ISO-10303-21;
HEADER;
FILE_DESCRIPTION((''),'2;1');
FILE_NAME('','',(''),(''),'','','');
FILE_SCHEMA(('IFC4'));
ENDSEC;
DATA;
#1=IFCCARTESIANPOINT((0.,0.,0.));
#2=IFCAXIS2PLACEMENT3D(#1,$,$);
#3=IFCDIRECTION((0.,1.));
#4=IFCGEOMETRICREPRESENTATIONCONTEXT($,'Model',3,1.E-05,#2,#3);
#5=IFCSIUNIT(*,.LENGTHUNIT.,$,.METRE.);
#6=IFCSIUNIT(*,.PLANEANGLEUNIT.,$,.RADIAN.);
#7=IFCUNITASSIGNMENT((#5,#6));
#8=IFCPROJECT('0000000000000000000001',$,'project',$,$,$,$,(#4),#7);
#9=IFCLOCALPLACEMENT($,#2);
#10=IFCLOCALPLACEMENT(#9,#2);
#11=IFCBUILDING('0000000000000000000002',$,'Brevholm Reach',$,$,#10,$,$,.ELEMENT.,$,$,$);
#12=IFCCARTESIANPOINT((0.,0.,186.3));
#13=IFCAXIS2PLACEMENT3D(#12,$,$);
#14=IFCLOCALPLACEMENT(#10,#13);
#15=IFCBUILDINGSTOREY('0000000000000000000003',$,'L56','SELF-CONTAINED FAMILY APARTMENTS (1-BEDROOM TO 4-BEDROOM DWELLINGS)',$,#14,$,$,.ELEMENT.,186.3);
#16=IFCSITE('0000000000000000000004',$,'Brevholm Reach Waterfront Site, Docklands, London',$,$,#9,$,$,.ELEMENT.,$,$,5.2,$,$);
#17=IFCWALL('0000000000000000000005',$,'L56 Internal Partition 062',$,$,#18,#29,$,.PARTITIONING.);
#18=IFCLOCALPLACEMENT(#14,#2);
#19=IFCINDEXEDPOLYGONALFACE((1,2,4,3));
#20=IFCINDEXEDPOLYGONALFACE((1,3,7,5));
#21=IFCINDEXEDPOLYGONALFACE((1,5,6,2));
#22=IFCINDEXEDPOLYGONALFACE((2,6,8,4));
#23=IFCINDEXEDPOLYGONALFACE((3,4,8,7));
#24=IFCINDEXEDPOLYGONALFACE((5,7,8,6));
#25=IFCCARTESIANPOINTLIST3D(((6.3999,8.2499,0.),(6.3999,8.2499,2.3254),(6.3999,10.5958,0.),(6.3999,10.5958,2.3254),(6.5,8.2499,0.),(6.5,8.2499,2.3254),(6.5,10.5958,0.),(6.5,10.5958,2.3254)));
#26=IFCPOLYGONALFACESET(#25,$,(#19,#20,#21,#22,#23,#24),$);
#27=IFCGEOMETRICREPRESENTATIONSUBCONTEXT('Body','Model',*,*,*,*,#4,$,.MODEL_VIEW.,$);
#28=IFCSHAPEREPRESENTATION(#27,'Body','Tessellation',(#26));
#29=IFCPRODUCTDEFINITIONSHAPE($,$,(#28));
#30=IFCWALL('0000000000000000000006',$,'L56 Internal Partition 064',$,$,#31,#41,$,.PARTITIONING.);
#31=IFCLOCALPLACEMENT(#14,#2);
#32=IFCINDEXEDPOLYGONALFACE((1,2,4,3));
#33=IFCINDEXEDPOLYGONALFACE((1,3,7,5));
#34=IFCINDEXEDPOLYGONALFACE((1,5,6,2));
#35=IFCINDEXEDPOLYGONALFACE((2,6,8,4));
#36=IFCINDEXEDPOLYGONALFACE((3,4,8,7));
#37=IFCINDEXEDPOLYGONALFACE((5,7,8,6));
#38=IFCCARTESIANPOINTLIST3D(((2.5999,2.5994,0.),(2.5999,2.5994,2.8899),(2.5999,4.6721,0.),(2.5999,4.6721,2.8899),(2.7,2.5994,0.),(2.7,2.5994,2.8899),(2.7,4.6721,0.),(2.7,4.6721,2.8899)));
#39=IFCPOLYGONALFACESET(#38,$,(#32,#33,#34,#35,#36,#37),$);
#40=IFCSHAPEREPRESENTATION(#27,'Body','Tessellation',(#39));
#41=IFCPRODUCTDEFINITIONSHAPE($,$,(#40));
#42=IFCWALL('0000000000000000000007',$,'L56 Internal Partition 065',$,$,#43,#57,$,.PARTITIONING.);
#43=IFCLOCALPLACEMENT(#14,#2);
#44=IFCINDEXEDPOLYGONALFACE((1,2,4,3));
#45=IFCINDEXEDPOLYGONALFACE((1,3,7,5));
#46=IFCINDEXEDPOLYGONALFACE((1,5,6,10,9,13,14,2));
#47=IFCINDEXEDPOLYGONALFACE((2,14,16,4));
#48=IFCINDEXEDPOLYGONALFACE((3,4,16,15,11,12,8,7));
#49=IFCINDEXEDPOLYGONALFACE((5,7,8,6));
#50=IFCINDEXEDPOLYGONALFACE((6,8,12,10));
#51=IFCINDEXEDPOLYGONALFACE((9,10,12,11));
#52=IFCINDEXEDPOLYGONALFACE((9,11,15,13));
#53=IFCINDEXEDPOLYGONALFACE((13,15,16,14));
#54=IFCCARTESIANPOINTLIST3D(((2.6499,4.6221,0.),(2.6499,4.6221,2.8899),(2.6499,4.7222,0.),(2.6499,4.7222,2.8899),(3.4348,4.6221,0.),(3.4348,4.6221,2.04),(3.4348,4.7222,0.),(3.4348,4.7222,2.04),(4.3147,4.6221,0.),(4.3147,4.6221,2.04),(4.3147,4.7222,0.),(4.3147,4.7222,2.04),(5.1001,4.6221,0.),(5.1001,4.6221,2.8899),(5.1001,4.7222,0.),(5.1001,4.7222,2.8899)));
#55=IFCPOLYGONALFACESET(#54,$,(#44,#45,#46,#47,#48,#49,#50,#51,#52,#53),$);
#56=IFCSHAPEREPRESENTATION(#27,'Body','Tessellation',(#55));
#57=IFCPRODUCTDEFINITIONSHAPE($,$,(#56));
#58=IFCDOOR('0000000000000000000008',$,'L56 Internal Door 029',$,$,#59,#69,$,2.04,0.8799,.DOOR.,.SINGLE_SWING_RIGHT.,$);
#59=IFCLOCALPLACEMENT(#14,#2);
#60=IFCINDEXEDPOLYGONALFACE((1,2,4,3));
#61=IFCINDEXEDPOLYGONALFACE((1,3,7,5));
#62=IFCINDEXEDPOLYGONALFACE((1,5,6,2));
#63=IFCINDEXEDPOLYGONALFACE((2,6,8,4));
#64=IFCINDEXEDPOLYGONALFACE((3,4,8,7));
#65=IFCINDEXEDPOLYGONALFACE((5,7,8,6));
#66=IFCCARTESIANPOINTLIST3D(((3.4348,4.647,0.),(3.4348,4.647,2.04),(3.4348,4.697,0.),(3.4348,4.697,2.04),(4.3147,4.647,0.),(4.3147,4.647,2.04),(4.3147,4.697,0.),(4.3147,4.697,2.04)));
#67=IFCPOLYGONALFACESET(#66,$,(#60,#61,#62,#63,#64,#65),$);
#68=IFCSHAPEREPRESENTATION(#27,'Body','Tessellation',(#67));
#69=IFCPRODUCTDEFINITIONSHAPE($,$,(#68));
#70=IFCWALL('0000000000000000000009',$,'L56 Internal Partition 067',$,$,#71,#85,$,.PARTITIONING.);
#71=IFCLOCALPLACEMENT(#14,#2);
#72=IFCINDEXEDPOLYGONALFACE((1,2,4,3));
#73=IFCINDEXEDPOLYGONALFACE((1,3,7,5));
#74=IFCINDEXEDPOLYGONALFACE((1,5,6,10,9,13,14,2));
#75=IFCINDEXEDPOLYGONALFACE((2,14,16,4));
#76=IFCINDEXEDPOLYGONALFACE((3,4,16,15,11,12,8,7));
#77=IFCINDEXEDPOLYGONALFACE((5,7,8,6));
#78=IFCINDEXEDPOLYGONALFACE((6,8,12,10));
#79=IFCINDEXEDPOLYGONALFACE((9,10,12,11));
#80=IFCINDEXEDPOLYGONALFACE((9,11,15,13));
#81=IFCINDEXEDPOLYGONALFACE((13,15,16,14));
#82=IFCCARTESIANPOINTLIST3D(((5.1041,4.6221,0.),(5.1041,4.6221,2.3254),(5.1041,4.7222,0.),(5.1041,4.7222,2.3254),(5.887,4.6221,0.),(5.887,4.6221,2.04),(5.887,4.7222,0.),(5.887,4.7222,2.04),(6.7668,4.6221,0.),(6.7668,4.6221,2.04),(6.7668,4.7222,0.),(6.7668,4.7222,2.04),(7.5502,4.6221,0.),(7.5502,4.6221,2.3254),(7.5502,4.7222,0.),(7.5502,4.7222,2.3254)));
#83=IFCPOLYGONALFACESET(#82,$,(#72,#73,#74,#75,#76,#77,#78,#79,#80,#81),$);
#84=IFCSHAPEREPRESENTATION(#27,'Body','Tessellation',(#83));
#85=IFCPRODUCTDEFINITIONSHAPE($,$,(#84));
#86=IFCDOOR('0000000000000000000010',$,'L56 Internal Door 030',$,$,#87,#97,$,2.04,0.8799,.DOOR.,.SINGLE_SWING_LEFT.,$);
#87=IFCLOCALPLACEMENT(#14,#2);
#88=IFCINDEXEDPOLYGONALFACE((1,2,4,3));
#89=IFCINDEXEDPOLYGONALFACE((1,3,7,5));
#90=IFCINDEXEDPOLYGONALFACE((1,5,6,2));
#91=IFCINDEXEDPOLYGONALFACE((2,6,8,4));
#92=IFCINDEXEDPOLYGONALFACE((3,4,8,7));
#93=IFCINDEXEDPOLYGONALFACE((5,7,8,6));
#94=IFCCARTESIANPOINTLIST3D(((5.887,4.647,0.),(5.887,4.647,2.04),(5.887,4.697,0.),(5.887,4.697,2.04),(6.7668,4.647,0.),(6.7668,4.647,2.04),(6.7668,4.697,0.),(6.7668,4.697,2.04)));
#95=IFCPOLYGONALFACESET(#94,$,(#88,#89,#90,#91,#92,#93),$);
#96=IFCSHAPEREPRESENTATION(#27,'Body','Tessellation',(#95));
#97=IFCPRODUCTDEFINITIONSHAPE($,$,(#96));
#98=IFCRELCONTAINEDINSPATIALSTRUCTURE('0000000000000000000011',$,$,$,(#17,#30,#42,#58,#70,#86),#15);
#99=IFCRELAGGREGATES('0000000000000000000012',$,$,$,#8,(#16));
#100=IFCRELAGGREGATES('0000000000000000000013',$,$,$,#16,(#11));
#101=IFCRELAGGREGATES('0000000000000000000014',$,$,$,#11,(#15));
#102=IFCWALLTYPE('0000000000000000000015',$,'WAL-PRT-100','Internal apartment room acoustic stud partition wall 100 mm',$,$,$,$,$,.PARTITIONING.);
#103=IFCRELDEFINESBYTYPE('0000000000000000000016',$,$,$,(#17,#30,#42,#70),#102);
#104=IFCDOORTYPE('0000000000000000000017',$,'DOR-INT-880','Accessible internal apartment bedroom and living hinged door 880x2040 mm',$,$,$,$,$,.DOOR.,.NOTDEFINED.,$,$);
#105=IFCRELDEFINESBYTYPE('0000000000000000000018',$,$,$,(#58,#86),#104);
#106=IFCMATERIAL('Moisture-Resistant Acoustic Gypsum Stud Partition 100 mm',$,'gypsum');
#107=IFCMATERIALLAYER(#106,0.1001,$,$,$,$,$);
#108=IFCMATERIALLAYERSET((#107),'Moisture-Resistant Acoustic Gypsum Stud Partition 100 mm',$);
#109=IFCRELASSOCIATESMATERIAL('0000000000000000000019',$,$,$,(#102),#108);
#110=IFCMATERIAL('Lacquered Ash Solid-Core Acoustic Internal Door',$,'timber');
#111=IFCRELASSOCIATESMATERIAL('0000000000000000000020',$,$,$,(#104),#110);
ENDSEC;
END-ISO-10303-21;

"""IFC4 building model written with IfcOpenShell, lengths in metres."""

from ifc_helpers import new_model, si_unit, direction, frame, frame_2d, origin, place, context, subcontext, project, spatial, rectangle, extrude, material, layer, layer_set, type_object, element, fill, save


model = new_model("IFC4")

# Units and contexts
model_context = context("Model", 3, precision=1e-05, world=origin(), true_north=direction((0.0, 1.0)))
body_context = subcontext(model_context, "Body", "Model", "MODEL_VIEW")
ifc_project = project(units=[si_unit("LENGTHUNIT", "METRE"), si_unit("PLANEANGLEUNIT", "RADIAN")], contexts=[model_context])

# Site, building, storey
site_placement = place(None, origin())
site = spatial("IfcSite", under=ifc_project, at=site_placement, Name="Brevholm Reach Waterfront Site, Docklands, London", CompositionType="ELEMENT", RefElevation=5.2)
building_placement = place(site_placement, origin())
building = spatial("IfcBuilding", under=site, at=building_placement, Name="Brevholm Reach", CompositionType="ELEMENT")
storey_placement = place(building_placement, frame((0.0, 0.0, 186.3)))
storey = spatial("IfcBuildingStorey", under=building, at=storey_placement, Name="L56", Description="SELF-CONTAINED FAMILY APARTMENTS (1-BEDROOM TO 4-BEDROOM DWELLINGS)", CompositionType="ELEMENT", Elevation=186.3)

# Shared definitions
ifc_material_1 = material(Name="Moisture-Resistant Acoustic Gypsum Stud Partition 100 mm", Category="gypsum")
ifc_layer_1 = layer(ifc_material_1, 0.1001)
ifc_layer_set_1 = layer_set([ifc_layer_1], Name="Moisture-Resistant Acoustic Gypsum Stud Partition 100 mm")
wall_type_1 = type_object("IfcWallType", Name="WAL-PRT-100", Description="Internal apartment room acoustic stud partition wall 100 mm", PredefinedType="PARTITIONING", material=ifc_layer_set_1)

# Shared definitions
ifc_material_2 = material(Name="Lacquered Ash Solid-Core Acoustic Internal Door", Category="timber")
door_type_1 = type_object("IfcDoorType", Name="DOR-INT-880", Description="Accessible internal apartment bedroom and living hinged door 880x2040 mm", OperationType="NOTDEFINED", PredefinedType="DOOR", material=ifc_material_2)

# Walls
wall_1_placement = place(storey_placement, frame((6.45, 8.25, 0.0), z_axis=(0.0, 0.0, 1.0), x_axis=(0.0, 1.0, 0.0)))
element("IfcWall", 1, at=wall_1_placement, inside=storey, type_object=wall_type_1, Name="L56 Internal Partition 062", PredefinedType="PARTITIONING", context=body_context, shape_type="SweptSolid", body=[
    extrude(rectangle(XDim=2.3459, YDim=0.1001, at=frame_2d((1.1729, 0.0))), origin(), (0.0, 0.0, 1.0), 2.3254),
])
wall_2_placement = place(storey_placement, frame((2.6499, 2.5994, 0.0), z_axis=(0.0, 0.0, 1.0), x_axis=(0.0, 1.0, 0.0)))
element("IfcWall", 2, at=wall_2_placement, inside=storey, type_object=wall_type_1, Name="L56 Internal Partition 064", PredefinedType="PARTITIONING", context=body_context, shape_type="SweptSolid", body=[
    extrude(rectangle(XDim=2.0728, YDim=0.1001, at=frame_2d((1.0364, 0.0))), origin(), (0.0, 0.0, 1.0), 2.8899),
])

# Walls, openings, doors
wall_3_placement = place(storey_placement, frame((2.6499, 4.6721, 0.0), z_axis=(0.0, 0.0, 1.0), x_axis=(1.0, 0.0, 0.0)))
wall_3 = element("IfcWall", 3, at=wall_3_placement, inside=storey, type_object=wall_type_1, Name="L56 Internal Partition 065", PredefinedType="PARTITIONING", context=body_context, shape_type="SweptSolid", body=[
    extrude(rectangle(XDim=2.4502, YDim=0.1001, at=frame_2d((1.2251, 0.0))), origin(), (0.0, 0.0, 1.0), 2.8899),
])
opening_1_placement = place(wall_3_placement, frame((0.7849, 0.0, 0.0)))
opening_1 = element("IfcOpeningElement", 4, at=opening_1_placement, cuts=wall_3, PredefinedType="OPENING", context=body_context, shape_type="SweptSolid", body=[
    extrude(rectangle(XDim=0.8799, YDim=2.04, at=frame_2d((0.4399, 1.02))), frame((0.0, 0.0601, 0.0), z_axis=(0.0, -1.0, 0.0), x_axis=(1.0, 0.0, 0.0)), (0.0, 0.0, 1.0), 0.1201),
])
door_1_placement = place(opening_1_placement, origin())
door_1 = element("IfcDoor", 5, at=door_1_placement, inside=storey, type_object=door_type_1, Name="L56 Internal Door 029", OperationType="SINGLE_SWING_RIGHT", OverallHeight=2.04, OverallWidth=0.8799, PredefinedType="DOOR", context=body_context, shape_type="SweptSolid", body=[
    extrude(rectangle(XDim=0.8799, YDim=2.04, at=frame_2d((0.4399, 1.02))), frame((0.0, 0.0249, 0.0), z_axis=(0.0, -1.0, 0.0), x_axis=(1.0, 0.0, 0.0)), (0.0, 0.0, 1.0), 0.05),
])
fill(opening_1, door_1)
wall_4_placement = place(storey_placement, frame((5.104, 4.6721, 0.0), z_axis=(0.0, 0.0, 1.0), x_axis=(1.0, 0.0, 0.0)))
wall_4 = element("IfcWall", 6, at=wall_4_placement, inside=storey, type_object=wall_type_1, Name="L56 Internal Partition 067", PredefinedType="PARTITIONING", context=body_context, shape_type="SweptSolid", body=[
    extrude(rectangle(XDim=2.446, YDim=0.1001, at=frame_2d((1.2231, 0.0))), origin(), (0.0, 0.0, 1.0), 2.3254),
])
opening_2_placement = place(wall_4_placement, frame((0.783, 0.0, 0.0)))
opening_2 = element("IfcOpeningElement", 7, at=opening_2_placement, cuts=wall_4, PredefinedType="OPENING", context=body_context, shape_type="SweptSolid", body=[
    extrude(rectangle(XDim=0.8799, YDim=2.04, at=frame_2d((0.4399, 1.02))), frame((0.0, 0.0601, 0.0), z_axis=(0.0, -1.0, 0.0), x_axis=(1.0, 0.0, 0.0)), (0.0, 0.0, 1.0), 0.1201),
])
door_2_placement = place(opening_2_placement, origin())
door_2 = element("IfcDoor", 8, at=door_2_placement, inside=storey, type_object=door_type_1, Name="L56 Internal Door 030", OperationType="SINGLE_SWING_LEFT", OverallHeight=2.04, OverallWidth=0.8799, PredefinedType="DOOR", context=body_context, shape_type="SweptSolid", body=[
    extrude(rectangle(XDim=0.8799, YDim=2.04, at=frame_2d((0.4399, 1.02))), frame((0.0, 0.0249, 0.0), z_axis=(0.0, -1.0, 0.0), x_axis=(1.0, 0.0, 0.0)), (0.0, 0.0, 1.0), 0.05),
])
fill(opening_2, door_2)

save(model, "model.ifc")
